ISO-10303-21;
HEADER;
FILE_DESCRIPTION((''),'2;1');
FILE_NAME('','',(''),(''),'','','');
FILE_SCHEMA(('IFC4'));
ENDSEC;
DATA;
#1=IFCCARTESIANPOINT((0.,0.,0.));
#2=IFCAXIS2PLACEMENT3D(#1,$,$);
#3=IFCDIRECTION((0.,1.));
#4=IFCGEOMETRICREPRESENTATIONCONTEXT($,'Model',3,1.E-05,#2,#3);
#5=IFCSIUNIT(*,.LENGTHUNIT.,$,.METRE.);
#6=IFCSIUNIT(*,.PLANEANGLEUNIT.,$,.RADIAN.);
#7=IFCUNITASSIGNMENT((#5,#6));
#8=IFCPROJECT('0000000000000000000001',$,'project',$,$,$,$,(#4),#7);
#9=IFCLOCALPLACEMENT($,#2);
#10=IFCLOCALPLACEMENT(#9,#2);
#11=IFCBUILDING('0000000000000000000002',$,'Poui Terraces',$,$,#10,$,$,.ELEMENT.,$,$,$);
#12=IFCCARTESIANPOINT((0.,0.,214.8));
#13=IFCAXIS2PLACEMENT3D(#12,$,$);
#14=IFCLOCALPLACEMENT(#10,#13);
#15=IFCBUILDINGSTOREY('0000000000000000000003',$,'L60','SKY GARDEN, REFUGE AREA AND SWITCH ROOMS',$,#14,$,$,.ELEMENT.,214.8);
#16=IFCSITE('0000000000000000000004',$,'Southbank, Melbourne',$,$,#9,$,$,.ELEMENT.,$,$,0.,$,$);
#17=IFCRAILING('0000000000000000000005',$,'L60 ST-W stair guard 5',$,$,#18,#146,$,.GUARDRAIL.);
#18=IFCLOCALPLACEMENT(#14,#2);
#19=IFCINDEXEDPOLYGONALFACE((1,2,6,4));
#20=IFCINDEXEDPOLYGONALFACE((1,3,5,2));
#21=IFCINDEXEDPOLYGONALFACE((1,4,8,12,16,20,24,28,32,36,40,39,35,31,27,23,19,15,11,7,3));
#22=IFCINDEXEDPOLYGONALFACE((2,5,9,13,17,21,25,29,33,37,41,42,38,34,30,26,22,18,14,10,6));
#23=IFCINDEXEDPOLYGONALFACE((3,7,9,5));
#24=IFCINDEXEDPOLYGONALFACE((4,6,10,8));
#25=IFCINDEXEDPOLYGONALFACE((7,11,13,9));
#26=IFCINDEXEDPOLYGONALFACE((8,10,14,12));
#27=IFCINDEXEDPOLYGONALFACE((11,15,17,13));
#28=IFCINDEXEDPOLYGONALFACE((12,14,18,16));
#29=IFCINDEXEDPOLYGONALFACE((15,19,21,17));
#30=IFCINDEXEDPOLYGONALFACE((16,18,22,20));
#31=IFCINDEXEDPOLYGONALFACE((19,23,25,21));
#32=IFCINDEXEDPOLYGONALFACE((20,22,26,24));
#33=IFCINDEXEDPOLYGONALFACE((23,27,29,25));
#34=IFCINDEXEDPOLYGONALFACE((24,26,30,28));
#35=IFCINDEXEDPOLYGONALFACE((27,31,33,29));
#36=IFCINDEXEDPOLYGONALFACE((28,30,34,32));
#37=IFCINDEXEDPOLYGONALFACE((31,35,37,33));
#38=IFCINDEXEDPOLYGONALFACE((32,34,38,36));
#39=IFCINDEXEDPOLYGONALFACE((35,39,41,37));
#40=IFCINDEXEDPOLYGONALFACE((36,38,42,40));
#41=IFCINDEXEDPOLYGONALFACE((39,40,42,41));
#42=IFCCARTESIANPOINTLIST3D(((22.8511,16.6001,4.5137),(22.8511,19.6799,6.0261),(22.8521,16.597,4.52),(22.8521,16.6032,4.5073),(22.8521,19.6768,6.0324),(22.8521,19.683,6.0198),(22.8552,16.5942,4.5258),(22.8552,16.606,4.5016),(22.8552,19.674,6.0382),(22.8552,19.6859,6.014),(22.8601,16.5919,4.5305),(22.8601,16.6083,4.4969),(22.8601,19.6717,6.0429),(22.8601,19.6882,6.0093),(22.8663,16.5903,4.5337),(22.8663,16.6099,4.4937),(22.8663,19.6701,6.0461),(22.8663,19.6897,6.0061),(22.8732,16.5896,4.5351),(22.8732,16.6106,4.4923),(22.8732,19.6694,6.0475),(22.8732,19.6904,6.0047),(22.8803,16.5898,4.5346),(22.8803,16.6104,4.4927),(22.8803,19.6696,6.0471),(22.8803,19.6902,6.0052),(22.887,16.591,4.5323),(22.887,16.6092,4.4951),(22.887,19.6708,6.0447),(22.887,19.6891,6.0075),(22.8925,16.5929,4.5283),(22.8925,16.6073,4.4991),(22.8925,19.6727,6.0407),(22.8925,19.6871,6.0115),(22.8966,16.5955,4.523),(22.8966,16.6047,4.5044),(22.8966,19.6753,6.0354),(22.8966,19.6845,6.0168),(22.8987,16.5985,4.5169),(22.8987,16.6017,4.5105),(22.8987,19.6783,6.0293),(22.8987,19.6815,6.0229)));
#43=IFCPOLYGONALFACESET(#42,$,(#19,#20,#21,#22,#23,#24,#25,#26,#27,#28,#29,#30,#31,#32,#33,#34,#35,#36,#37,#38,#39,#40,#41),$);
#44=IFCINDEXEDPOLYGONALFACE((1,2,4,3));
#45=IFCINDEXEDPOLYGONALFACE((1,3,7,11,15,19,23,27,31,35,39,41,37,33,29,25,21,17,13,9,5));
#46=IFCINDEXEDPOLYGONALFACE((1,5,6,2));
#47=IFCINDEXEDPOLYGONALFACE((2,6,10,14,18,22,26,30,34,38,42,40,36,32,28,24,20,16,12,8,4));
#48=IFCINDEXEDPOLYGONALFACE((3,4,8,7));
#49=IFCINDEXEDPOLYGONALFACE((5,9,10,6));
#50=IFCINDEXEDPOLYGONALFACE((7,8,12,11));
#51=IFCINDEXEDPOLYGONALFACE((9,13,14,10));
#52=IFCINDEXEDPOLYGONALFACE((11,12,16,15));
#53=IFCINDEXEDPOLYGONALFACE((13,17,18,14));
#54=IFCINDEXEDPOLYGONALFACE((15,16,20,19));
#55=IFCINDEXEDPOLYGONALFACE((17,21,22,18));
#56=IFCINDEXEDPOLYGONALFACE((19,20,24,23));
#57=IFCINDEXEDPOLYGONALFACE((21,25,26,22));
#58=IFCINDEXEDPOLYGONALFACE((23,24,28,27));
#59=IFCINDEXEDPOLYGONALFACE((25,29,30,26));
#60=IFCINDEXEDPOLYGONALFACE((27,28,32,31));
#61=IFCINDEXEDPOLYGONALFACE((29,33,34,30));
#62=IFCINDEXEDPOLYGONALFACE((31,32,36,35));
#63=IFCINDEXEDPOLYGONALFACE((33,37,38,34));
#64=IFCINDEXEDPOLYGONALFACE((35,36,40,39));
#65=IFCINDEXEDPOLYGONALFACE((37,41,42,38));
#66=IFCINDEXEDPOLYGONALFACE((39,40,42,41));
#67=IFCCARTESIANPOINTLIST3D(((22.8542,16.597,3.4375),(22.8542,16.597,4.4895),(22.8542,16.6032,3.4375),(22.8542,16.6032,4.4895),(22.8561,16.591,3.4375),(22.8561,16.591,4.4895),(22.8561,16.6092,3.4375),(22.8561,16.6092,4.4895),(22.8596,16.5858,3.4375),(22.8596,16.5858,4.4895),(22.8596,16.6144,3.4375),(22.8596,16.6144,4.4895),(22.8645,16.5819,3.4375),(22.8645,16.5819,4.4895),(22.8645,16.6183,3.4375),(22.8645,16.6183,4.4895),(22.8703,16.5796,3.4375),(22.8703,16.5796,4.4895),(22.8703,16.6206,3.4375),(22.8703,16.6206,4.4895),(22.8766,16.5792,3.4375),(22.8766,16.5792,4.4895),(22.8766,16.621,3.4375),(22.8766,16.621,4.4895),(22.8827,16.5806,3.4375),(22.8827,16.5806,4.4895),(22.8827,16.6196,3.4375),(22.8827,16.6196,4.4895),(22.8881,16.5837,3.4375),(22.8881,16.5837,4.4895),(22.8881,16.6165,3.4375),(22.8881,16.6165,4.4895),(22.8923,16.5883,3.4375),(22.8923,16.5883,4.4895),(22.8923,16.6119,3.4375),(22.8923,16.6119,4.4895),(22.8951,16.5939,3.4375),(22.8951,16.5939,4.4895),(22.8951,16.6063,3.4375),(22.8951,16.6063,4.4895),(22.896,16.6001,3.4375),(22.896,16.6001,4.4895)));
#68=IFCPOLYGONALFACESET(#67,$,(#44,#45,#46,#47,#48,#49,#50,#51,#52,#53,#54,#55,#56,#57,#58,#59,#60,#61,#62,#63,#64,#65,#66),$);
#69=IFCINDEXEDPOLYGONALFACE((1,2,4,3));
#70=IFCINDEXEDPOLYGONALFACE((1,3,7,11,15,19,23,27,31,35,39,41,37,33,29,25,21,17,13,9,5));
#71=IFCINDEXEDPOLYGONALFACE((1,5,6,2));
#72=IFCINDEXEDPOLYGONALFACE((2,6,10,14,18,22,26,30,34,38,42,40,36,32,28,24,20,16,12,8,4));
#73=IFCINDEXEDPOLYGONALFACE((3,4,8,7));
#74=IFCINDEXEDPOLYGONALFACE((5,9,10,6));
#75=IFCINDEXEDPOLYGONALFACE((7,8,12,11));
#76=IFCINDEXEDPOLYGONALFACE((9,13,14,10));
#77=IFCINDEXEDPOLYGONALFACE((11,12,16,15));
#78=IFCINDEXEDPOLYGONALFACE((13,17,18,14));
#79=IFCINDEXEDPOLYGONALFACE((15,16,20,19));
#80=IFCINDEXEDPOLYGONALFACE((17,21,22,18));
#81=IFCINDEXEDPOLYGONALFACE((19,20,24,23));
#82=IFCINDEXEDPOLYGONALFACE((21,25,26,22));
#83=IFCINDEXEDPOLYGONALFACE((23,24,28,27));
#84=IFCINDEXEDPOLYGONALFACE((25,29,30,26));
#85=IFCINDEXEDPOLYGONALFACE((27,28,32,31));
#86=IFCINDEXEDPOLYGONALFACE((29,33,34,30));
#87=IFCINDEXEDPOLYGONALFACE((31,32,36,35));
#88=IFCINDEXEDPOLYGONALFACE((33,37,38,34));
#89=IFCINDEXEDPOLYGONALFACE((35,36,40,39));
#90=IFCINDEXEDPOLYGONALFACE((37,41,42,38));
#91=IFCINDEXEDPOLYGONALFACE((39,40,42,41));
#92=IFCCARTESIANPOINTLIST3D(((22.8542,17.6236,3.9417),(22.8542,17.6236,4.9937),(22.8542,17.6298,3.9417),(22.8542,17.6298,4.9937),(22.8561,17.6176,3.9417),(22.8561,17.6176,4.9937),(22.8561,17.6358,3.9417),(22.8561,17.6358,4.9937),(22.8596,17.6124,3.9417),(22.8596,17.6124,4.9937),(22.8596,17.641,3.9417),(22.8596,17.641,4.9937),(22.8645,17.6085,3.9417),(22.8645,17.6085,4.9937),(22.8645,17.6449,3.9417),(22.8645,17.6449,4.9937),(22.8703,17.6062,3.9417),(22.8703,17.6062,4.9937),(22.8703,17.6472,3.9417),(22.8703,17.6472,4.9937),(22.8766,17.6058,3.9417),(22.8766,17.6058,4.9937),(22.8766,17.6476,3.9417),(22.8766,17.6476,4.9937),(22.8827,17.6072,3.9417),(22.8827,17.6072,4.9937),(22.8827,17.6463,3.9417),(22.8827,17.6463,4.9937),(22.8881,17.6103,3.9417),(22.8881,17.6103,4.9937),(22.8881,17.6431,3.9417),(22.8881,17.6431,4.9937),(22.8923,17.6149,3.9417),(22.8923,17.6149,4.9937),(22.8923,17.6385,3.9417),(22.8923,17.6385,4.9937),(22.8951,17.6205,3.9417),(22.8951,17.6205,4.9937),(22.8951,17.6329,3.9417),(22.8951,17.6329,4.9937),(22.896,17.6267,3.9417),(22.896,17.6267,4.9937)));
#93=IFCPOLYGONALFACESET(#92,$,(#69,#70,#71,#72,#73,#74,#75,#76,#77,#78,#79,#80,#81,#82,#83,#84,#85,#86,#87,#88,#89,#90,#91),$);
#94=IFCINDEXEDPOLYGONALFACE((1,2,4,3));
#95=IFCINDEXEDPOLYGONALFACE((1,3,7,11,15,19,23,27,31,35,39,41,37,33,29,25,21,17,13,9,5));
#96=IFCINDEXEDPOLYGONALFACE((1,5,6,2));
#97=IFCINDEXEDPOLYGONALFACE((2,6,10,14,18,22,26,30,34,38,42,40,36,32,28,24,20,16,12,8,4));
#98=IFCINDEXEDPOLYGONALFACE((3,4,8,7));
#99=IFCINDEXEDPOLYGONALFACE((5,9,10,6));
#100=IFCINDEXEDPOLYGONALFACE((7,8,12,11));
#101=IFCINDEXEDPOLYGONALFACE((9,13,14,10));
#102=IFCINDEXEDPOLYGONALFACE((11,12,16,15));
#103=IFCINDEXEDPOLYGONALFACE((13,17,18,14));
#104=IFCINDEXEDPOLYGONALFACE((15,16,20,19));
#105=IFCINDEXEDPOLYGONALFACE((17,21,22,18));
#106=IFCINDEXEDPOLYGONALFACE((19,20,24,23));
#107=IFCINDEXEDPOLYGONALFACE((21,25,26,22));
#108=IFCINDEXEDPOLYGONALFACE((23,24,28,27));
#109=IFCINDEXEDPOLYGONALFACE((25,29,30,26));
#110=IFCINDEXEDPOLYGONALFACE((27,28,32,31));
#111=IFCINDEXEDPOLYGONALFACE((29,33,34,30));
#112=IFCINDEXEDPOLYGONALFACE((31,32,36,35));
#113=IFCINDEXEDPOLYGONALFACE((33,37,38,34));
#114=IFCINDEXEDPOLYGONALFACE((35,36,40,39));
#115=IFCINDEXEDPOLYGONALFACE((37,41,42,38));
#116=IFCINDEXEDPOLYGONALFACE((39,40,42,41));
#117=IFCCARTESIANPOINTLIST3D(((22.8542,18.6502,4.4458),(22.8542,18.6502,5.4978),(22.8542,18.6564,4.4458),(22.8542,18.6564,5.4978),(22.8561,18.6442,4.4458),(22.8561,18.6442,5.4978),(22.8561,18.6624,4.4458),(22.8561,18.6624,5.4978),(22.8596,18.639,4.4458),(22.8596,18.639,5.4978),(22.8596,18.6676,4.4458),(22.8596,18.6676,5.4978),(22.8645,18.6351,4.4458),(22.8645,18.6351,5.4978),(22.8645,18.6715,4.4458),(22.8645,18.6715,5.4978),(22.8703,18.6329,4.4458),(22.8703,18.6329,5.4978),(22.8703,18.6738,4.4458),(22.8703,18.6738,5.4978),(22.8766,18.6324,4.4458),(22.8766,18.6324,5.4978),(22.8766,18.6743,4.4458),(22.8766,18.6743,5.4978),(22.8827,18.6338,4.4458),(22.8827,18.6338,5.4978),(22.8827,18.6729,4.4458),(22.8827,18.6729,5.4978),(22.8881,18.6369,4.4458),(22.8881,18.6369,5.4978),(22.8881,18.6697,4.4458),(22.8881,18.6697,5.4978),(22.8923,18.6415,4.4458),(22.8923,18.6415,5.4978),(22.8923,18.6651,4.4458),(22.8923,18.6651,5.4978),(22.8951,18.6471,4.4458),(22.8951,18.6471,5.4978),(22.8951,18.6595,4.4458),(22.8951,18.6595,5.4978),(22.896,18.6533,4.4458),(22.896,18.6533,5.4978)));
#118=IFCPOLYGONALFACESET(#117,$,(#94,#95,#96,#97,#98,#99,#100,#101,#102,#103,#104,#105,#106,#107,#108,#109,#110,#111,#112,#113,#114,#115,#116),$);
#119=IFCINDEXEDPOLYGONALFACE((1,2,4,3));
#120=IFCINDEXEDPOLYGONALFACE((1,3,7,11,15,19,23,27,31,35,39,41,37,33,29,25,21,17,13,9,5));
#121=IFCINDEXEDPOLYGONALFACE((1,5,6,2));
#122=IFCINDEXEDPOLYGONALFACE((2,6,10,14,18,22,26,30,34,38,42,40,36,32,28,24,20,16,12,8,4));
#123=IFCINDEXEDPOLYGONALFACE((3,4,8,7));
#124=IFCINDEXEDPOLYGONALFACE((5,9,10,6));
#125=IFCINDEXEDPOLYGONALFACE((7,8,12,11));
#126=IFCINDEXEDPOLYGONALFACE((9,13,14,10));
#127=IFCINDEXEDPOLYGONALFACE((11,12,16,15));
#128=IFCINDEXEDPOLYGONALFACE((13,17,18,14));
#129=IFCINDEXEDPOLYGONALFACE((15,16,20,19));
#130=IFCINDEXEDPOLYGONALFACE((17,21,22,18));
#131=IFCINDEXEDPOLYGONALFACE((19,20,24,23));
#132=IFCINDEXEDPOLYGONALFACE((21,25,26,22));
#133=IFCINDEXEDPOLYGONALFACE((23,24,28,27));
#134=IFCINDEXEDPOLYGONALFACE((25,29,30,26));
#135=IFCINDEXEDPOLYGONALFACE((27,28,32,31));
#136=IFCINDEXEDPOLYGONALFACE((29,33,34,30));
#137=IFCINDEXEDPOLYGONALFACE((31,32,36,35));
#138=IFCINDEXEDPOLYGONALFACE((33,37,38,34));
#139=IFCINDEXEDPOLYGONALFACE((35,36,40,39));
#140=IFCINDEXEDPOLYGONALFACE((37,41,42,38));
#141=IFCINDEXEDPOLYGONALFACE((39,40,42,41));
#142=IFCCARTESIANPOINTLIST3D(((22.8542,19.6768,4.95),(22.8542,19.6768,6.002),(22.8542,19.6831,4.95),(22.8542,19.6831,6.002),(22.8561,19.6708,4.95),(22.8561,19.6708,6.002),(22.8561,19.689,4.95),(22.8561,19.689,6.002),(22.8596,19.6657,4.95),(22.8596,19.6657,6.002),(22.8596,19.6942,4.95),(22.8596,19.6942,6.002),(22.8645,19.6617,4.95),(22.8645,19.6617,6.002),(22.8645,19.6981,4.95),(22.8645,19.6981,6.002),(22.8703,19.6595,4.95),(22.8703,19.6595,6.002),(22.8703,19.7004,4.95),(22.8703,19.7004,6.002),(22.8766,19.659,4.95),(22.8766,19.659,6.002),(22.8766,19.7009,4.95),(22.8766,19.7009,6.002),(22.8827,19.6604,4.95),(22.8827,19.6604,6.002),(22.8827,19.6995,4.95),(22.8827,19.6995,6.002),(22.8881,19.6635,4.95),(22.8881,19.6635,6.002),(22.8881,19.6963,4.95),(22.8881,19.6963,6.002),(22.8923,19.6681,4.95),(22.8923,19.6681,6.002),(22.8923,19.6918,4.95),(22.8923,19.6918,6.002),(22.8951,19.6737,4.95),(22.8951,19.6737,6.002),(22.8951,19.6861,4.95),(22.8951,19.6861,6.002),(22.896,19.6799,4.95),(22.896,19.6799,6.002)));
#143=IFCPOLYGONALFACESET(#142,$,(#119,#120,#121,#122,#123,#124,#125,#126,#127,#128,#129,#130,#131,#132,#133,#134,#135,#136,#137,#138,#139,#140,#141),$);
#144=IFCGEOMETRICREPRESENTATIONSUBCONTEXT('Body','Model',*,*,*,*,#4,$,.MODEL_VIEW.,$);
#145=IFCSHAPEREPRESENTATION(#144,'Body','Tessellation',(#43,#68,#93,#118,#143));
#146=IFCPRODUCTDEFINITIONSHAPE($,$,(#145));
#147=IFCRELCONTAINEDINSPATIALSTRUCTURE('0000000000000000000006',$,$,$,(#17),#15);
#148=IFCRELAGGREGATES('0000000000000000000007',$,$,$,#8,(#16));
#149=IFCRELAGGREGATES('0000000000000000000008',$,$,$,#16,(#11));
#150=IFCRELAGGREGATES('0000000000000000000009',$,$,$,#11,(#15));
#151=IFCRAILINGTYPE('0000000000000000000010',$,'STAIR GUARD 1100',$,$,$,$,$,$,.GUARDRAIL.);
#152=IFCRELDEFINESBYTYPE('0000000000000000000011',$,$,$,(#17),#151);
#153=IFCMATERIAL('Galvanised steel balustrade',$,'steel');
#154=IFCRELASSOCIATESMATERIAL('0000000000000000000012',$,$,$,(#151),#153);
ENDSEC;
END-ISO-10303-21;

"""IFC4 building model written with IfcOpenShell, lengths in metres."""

from ifc_helpers import new_model, si_unit, direction, frame, origin, origin_2d, place, context, subcontext, project, spatial, circle, extrude, material, type_object, element, save


model = new_model("IFC4")

# Units and contexts
model_context = context("Model", 3, precision=1e-05, world=origin(), true_north=direction((0.0, 1.0)))
body_context = subcontext(model_context, "Body", "Model", "MODEL_VIEW")
ifc_project = project(units=[si_unit("LENGTHUNIT", "METRE"), si_unit("PLANEANGLEUNIT", "RADIAN")], contexts=[model_context])

# Site, building, storey
site_placement = place(None, origin())
site = spatial("IfcSite", under=ifc_project, at=site_placement, Name="Southbank, Melbourne", CompositionType="ELEMENT", RefElevation=0.0)
building_placement = place(site_placement, origin())
building = spatial("IfcBuilding", under=site, at=building_placement, Name="Poui Terraces", CompositionType="ELEMENT")
storey_placement = place(building_placement, frame((0.0, 0.0, 214.8)))
storey = spatial("IfcBuildingStorey", under=building, at=storey_placement, Name="L60", Description="SKY GARDEN, REFUGE AREA AND SWITCH ROOMS", CompositionType="ELEMENT", Elevation=214.8)

# Railing
ifc_material_1 = material(Name="Galvanised steel balustrade", Category="steel")
railing_type_1 = type_object("IfcRailingType", Name="STAIR GUARD 1100", PredefinedType="GUARDRAIL", material=ifc_material_1)
railing_1_placement = place(storey_placement, frame((22.875, 16.6001, 3.4375)))
element("IfcRailing", 1, at=railing_1_placement, inside=storey, type_object=railing_type_1, Name="L60 ST-W stair guard 5", PredefinedType="GUARDRAIL", context=body_context, shape_type="SweptSolid", body=[
    extrude(circle(Radius=0.0239, at=origin_2d()), frame((0.0, 0.0, 1.0762), z_axis=(0.0, 0.897606, 0.440798), x_axis=(-1.0, 0.0, 0.0)), (0.0, 0.0, 1.0), 3.4312),
    extrude(circle(Radius=0.021, at=origin_2d()), origin(), (0.0, 0.0, 1.0), 1.052),
    extrude(circle(Radius=0.021, at=origin_2d()), frame((0.0, 1.0266, 0.5042)), (0.0, 0.0, 1.0), 1.052),
    extrude(circle(Radius=0.021, at=origin_2d()), frame((0.0, 2.0532, 1.0083)), (0.0, 0.0, 1.0), 1.052),
    extrude(circle(Radius=0.021, at=origin_2d()), frame((0.0, 3.0798, 1.5125)), (0.0, 0.0, 1.0), 1.052),
])

save(model, "model.ifc")
